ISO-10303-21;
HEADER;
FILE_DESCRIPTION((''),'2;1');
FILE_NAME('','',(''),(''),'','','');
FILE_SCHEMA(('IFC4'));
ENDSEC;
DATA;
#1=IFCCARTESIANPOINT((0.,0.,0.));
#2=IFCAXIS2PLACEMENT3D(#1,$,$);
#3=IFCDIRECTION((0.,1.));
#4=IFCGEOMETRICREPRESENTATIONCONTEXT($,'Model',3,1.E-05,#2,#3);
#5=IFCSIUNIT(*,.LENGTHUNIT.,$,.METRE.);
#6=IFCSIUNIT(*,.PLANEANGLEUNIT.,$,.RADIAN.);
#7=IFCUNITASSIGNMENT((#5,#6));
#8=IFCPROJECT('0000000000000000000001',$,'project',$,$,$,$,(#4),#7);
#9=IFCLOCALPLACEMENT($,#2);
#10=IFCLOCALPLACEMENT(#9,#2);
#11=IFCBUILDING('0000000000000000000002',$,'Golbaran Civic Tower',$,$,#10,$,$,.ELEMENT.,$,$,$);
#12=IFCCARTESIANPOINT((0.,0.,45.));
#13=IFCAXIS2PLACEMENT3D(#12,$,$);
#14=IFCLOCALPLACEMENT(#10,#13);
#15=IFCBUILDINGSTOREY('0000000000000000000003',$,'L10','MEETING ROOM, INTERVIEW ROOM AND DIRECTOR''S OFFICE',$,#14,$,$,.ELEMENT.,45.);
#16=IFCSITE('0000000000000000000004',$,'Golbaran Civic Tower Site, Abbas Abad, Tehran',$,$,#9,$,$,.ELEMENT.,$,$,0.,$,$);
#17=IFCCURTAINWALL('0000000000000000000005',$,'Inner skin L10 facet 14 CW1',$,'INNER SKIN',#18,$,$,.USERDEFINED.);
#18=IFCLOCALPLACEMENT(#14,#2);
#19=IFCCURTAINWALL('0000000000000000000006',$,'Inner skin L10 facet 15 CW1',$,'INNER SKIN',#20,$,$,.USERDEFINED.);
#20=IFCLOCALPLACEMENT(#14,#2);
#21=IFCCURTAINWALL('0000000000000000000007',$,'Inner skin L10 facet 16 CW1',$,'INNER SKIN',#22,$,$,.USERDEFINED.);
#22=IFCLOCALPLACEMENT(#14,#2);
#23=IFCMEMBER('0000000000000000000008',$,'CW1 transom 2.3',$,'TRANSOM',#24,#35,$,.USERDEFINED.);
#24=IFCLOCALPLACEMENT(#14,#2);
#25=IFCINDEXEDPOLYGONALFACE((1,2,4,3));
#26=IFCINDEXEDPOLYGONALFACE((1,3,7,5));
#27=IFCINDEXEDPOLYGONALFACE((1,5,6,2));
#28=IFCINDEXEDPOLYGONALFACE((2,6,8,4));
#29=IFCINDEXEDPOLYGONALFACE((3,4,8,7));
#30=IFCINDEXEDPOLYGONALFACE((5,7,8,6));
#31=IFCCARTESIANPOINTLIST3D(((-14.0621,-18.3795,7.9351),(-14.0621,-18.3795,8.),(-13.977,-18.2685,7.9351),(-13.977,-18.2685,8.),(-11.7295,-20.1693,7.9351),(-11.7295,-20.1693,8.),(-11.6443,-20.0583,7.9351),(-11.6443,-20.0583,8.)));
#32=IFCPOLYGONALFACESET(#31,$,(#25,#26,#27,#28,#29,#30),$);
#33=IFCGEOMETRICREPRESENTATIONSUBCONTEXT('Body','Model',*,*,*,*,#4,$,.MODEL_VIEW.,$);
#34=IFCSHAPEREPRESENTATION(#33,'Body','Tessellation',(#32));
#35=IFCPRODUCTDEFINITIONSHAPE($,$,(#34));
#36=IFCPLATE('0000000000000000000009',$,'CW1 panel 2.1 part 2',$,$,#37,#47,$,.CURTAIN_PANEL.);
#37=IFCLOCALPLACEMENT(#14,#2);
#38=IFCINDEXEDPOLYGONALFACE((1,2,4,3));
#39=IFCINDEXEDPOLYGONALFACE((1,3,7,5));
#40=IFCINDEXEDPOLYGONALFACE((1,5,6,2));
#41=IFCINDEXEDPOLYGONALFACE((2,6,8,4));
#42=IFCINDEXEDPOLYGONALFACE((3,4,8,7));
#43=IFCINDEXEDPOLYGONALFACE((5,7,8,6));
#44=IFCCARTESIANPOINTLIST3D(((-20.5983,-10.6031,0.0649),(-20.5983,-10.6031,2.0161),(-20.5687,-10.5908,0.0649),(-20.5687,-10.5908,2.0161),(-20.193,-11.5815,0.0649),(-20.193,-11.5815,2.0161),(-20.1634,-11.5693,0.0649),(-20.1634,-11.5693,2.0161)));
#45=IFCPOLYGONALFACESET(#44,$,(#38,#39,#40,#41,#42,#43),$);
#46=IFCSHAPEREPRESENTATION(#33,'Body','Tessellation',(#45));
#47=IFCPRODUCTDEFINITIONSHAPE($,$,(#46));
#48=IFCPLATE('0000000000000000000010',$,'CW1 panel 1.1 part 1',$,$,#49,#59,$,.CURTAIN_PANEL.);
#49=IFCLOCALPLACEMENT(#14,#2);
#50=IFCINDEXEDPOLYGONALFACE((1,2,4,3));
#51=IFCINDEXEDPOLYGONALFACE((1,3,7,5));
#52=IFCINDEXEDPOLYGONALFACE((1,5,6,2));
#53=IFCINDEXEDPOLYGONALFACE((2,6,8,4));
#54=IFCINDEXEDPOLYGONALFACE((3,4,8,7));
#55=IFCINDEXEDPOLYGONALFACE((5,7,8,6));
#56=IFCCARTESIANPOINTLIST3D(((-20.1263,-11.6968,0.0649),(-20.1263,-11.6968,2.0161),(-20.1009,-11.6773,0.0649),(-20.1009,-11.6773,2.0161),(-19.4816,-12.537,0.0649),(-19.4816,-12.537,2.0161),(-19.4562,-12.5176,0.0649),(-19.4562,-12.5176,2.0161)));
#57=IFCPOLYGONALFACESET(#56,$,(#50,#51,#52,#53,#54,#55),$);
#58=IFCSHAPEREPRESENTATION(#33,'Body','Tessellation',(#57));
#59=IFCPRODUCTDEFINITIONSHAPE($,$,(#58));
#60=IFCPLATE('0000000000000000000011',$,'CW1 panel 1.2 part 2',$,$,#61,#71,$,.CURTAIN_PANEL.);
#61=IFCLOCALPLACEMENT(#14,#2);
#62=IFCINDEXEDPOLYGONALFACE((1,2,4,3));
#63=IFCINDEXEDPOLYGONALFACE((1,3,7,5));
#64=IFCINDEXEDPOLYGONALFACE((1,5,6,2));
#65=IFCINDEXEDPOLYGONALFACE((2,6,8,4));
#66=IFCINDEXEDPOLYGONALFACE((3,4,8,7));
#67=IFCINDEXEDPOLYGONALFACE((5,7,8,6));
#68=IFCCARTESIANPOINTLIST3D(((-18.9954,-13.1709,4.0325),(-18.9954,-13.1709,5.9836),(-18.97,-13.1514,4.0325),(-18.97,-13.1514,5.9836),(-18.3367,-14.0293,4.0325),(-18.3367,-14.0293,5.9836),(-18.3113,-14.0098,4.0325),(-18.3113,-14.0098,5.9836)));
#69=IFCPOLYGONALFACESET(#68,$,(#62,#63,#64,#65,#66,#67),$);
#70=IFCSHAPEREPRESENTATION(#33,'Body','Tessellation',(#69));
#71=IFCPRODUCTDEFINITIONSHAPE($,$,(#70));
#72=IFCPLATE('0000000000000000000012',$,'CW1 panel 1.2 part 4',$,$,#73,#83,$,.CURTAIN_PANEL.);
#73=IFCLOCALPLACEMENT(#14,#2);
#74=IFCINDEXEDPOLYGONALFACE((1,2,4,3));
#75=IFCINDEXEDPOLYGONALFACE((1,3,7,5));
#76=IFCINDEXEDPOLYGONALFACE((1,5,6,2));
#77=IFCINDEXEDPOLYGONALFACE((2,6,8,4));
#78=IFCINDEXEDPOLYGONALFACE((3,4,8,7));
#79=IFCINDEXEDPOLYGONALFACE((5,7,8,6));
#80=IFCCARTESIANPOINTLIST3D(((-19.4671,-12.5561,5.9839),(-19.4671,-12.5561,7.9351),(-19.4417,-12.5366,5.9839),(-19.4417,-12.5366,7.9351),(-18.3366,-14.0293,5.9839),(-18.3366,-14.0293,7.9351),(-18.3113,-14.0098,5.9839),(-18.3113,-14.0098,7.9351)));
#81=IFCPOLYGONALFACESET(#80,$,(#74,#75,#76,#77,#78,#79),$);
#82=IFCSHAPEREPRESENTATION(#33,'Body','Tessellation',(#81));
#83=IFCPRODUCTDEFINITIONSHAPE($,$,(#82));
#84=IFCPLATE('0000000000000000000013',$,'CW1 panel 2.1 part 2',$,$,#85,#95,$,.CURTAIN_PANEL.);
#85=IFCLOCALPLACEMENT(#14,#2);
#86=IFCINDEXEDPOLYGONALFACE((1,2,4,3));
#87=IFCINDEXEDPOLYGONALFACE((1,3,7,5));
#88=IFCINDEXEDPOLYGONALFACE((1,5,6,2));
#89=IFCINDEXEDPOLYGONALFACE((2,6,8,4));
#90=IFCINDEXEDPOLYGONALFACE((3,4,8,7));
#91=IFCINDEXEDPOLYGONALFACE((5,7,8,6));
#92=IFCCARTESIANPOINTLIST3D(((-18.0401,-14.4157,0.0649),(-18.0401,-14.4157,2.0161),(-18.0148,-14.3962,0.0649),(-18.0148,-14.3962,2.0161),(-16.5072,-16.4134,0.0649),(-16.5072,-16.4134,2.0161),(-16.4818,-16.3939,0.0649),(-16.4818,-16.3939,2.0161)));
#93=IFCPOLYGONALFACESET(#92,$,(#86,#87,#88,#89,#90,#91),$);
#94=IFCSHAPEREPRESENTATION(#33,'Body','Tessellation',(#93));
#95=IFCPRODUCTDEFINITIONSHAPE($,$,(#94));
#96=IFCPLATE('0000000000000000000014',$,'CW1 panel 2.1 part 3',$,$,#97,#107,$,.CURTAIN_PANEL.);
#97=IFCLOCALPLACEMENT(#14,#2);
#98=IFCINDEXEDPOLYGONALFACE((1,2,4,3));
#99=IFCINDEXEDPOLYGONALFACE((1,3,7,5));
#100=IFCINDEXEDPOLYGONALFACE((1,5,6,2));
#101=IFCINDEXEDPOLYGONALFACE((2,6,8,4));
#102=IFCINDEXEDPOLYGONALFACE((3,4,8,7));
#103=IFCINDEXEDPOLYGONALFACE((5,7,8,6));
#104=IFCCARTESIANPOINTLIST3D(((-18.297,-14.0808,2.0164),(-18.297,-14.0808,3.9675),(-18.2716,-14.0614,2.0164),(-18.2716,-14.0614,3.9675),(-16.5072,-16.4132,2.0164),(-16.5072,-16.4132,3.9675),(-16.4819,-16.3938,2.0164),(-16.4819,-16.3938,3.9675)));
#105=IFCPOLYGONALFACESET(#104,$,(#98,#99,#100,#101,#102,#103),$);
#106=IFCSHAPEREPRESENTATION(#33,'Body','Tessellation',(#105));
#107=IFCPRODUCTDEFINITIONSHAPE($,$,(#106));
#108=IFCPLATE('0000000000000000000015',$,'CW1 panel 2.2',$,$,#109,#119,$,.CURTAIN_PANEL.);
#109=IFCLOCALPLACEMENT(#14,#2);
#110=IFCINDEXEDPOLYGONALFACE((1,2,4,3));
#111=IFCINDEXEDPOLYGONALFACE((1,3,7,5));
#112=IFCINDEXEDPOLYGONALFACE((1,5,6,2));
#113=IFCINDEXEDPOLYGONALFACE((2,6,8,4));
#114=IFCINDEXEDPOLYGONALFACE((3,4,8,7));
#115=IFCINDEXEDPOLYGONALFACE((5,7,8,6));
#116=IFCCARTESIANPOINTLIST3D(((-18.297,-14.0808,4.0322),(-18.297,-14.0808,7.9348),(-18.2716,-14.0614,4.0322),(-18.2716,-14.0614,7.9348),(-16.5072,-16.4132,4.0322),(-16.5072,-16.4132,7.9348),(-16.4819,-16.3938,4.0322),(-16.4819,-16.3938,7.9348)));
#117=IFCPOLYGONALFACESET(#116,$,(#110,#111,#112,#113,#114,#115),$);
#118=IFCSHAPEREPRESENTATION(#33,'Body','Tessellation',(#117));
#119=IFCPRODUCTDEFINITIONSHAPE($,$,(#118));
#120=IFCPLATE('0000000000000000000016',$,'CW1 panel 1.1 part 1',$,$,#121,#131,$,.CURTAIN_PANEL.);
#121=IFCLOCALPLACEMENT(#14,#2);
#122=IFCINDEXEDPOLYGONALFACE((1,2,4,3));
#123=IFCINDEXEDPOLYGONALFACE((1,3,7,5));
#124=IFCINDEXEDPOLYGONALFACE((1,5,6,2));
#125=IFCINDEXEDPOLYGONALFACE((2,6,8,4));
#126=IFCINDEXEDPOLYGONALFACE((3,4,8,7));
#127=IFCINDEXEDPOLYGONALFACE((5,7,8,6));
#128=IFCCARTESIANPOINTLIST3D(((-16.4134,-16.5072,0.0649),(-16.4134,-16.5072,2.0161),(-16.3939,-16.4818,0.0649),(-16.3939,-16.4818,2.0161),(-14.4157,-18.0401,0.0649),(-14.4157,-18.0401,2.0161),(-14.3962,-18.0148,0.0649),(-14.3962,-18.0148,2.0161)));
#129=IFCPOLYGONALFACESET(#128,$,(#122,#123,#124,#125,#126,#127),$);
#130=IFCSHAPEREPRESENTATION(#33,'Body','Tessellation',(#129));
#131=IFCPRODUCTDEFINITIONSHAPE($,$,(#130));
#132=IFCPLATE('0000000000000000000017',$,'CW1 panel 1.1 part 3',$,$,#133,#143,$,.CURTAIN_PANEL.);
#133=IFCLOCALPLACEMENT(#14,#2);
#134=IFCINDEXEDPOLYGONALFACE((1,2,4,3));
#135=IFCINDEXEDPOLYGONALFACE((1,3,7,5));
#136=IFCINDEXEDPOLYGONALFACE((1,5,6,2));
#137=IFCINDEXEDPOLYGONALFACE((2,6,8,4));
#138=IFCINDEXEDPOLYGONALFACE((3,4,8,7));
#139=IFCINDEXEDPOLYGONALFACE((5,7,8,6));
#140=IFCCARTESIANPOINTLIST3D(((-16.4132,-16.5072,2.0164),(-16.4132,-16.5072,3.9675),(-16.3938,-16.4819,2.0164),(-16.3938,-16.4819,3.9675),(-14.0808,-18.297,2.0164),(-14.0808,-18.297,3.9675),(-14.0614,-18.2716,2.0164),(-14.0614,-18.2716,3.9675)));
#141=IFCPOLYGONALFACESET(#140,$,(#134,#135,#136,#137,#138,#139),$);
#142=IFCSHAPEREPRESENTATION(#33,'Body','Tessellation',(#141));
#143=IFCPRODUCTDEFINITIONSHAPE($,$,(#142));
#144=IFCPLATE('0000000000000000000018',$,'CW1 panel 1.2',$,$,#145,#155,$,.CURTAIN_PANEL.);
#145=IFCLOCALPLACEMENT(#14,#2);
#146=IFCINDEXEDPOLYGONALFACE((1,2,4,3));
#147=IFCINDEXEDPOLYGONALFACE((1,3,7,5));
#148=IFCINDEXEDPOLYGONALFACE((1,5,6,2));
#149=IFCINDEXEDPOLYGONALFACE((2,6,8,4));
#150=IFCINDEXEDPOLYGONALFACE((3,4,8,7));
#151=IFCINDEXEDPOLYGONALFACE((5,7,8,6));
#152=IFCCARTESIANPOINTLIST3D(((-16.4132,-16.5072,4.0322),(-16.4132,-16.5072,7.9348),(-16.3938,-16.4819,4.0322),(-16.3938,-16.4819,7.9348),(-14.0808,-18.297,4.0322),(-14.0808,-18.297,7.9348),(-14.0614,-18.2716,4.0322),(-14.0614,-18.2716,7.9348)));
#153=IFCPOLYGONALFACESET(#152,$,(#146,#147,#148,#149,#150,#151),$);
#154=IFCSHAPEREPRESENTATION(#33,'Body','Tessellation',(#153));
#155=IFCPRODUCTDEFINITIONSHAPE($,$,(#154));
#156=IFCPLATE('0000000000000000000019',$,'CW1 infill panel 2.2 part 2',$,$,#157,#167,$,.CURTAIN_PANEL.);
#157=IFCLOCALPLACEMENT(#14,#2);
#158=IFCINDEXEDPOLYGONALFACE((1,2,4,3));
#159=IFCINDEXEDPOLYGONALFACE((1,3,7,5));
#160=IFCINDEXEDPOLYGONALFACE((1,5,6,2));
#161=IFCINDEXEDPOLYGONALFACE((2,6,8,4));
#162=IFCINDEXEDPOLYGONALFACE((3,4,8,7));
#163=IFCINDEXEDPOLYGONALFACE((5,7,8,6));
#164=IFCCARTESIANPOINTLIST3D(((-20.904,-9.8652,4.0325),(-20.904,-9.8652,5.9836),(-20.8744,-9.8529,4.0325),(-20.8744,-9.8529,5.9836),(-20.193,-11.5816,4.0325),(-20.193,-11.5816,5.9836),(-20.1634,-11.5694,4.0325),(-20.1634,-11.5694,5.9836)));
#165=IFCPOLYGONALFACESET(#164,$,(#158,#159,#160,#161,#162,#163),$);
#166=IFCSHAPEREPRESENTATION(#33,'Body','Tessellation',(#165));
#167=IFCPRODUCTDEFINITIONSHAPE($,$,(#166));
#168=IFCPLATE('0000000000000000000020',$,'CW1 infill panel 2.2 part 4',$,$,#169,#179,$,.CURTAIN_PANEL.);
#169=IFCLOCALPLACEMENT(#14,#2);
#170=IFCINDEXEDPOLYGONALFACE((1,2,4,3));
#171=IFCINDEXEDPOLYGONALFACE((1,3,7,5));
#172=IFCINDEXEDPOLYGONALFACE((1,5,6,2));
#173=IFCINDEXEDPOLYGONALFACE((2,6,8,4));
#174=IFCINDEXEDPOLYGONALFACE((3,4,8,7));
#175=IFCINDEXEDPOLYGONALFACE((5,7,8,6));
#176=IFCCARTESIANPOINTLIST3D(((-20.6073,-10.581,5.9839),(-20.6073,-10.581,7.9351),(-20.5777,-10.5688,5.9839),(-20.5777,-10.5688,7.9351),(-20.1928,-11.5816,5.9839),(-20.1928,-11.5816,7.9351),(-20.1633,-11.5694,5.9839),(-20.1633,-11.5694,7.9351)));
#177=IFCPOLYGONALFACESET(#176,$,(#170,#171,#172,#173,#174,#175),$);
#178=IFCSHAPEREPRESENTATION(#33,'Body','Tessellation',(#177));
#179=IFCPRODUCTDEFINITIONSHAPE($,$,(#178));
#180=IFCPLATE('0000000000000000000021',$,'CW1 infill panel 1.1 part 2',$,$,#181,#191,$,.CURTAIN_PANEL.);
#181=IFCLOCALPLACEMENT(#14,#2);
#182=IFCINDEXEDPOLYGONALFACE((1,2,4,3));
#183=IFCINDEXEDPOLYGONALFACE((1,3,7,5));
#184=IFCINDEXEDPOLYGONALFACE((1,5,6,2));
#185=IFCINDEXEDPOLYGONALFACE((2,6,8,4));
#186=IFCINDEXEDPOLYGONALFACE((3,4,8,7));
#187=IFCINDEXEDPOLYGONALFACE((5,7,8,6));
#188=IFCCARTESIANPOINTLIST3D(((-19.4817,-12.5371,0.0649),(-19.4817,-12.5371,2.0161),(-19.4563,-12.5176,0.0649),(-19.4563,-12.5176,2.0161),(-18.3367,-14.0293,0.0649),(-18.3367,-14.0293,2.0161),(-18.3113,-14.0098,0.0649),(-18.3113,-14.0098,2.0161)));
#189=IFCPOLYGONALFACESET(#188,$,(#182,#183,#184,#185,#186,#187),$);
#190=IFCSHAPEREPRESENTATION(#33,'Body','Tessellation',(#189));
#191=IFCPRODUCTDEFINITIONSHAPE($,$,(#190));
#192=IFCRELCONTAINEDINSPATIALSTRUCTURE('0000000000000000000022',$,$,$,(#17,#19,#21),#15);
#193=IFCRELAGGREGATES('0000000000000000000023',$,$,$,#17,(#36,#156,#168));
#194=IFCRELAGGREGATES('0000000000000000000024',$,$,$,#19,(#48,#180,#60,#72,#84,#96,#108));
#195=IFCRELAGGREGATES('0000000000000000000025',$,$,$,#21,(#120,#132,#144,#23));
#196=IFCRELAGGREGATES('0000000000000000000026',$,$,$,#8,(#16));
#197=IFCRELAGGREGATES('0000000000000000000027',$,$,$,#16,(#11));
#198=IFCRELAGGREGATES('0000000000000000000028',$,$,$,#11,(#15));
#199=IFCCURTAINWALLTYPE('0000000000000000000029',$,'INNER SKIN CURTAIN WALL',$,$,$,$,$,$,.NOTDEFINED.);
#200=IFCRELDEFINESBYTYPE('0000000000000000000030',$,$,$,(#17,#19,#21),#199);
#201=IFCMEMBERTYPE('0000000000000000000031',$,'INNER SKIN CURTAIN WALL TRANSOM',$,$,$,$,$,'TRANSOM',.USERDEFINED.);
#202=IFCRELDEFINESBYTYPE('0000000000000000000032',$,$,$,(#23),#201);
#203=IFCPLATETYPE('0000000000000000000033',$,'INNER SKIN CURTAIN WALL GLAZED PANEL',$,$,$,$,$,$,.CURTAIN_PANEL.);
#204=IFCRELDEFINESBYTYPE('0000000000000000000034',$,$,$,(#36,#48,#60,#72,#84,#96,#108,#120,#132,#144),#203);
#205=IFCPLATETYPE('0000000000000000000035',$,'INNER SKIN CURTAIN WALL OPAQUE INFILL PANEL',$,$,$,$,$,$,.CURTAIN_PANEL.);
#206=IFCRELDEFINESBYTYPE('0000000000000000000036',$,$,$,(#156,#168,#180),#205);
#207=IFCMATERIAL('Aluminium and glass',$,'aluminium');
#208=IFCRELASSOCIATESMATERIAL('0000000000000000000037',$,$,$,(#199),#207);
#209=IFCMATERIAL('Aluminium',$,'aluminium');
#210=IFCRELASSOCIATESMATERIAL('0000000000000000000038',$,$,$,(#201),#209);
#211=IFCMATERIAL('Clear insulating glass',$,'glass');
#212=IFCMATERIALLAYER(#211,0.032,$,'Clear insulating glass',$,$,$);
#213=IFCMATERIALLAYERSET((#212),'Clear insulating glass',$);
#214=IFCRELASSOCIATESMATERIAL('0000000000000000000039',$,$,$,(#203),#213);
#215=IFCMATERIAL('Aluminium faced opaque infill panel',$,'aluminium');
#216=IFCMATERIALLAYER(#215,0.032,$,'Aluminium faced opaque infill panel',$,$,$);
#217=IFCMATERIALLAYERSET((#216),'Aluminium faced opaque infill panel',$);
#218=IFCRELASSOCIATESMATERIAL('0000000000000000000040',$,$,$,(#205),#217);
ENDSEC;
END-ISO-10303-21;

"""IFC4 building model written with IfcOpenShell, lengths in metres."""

from ifc_helpers import new_model, si_unit, direction, frame, origin, origin_2d, place, context, subcontext, project, spatial, rectangle, extrude, material, layer, layer_set, material_profile, profile_set, type_object, element, aggregate, save


model = new_model("IFC4")

# Units and contexts
model_context = context("Model", 3, precision=1e-05, world=origin(), true_north=direction((0.0, 1.0)))
body_context = subcontext(model_context, "Body", "Model", "MODEL_VIEW")
ifc_project = project(units=[si_unit("LENGTHUNIT", "METRE"), si_unit("PLANEANGLEUNIT", "RADIAN")], contexts=[model_context])

# Site, building, storey
site_placement = place(None, origin())
site = spatial("IfcSite", under=ifc_project, at=site_placement, Name="Golbaran Civic Tower Site, Abbas Abad, Tehran", CompositionType="ELEMENT", RefElevation=0.0)
building_placement = place(site_placement, origin())
building = spatial("IfcBuilding", under=site, at=building_placement, Name="Golbaran Civic Tower", CompositionType="ELEMENT")
storey_placement = place(building_placement, frame((0.0, 0.0, 45.0)))
storey = spatial("IfcBuildingStorey", under=building, at=storey_placement, Name="L10", Description="MEETING ROOM, INTERVIEW ROOM AND DIRECTOR'S OFFICE", CompositionType="ELEMENT", Elevation=45.0)

# Curtain wall
ifc_material_1 = material(Name="Aluminium and glass", Category="aluminium")
curtain_wall_type = type_object("IfcCurtainWallType", Name="INNER SKIN CURTAIN WALL", PredefinedType="NOTDEFINED", material=ifc_material_1)
curtain_wall_1_placement = place(storey_placement, origin())
curtain_wall_1 = element("IfcCurtainWall", 1, at=curtain_wall_1_placement, inside=storey, type_object=curtain_wall_type, Name="Inner skin L10 facet 14 CW1", ObjectType="INNER SKIN", PredefinedType="USERDEFINED")
ifc_material_2 = material(Name="Aluminium", Category="aluminium")

# Curtain walls
curtain_wall_2_placement = place(storey_placement, origin())
curtain_wall_2 = element("IfcCurtainWall", 2, at=curtain_wall_2_placement, inside=storey, type_object=curtain_wall_type, Name="Inner skin L10 facet 15 CW1", ObjectType="INNER SKIN", PredefinedType="USERDEFINED")
curtain_wall_3_placement = place(storey_placement, origin())
curtain_wall_3 = element("IfcCurtainWall", 3, at=curtain_wall_3_placement, inside=storey, type_object=curtain_wall_type, Name="Inner skin L10 facet 16 CW1", ObjectType="INNER SKIN", PredefinedType="USERDEFINED")

# Member
ifc_material_profile_1 = material_profile(ifc_material_2, rectangle(XDim=0.1399, YDim=0.0649, at=origin_2d()), Name="INNER SKIN CURTAIN WALL TRANSOM")
ifc_profile_set_1 = profile_set([ifc_material_profile_1], Name="Aluminium")
member_type_1 = type_object("IfcMemberType", Name="INNER SKIN CURTAIN WALL TRANSOM", ElementType="TRANSOM", PredefinedType="USERDEFINED", material=ifc_profile_set_1)
member_1_placement = place(storey_placement, frame((-14.0195, -18.324, 7.9675), z_axis=(0.793355, -0.608759, 0.0), x_axis=(0.608759, 0.793355, 0.0)))
member_1 = element("IfcMember", 4, at=member_1_placement, type_object=member_type_1, Name="CW1 transom 2.3", ObjectType="TRANSOM", PredefinedType="USERDEFINED", context=body_context, shape_type="SweptSolid", body=[
    extrude(rectangle(XDim=0.1399, YDim=0.0649, at=origin_2d()), origin(), (0.0, 0.0, 1.0), 2.9402),
])

# Plates
ifc_material_3 = material(Name="Clear insulating glass", Category="glass")
ifc_layer_1 = layer(ifc_material_3, 0.032, Name="Clear insulating glass")
ifc_layer_set_1 = layer_set([ifc_layer_1], Name="Clear insulating glass")
plate_type_1 = type_object("IfcPlateType", Name="INNER SKIN CURTAIN WALL GLAZED PANEL", PredefinedType="CURTAIN_PANEL", material=ifc_layer_set_1)
plate_1_placement = place(storey_placement, frame((-20.3809, -11.0862, 0.0649), z_axis=(0.0, 0.0, 1.0), x_axis=(0.382683, -0.92388, 0.0)))
plate_1 = element("IfcPlate", 5, at=plate_1_placement, type_object=plate_type_1, Name="CW1 panel 2.1 part 2", PredefinedType="CURTAIN_PANEL", context=body_context, shape_type="SweptSolid", body=[
    extrude(rectangle(XDim=1.0591, YDim=0.032, at=origin_2d()), origin(), (0.0, 0.0, 1.0), 1.9512),
])
plate_2_placement = place(storey_placement, frame((-19.7913, -12.1072, 0.0649), z_axis=(0.0, 0.0, 1.0), x_axis=(0.608761, -0.793353, 0.0)))
plate_2 = element("IfcPlate", 6, at=plate_2_placement, type_object=plate_type_1, Name="CW1 panel 1.1 part 1", PredefinedType="CURTAIN_PANEL", context=body_context, shape_type="SweptSolid", body=[
    extrude(rectangle(XDim=1.0591, YDim=0.032, at=origin_2d()), origin(), (0.0, 0.0, 1.0), 1.9512),
])
plate_3_placement = place(storey_placement, frame((-18.6533, -13.5903, 4.0325), z_axis=(0.0, 0.0, 1.0), x_axis=(0.608761, -0.793353, 0.0)))
plate_3 = element("IfcPlate", 7, at=plate_3_placement, type_object=plate_type_1, Name="CW1 panel 1.2 part 2", PredefinedType="CURTAIN_PANEL", context=body_context, shape_type="SweptSolid", body=[
    extrude(rectangle(XDim=1.082, YDim=0.032, at=origin_2d()), origin(), (0.0, 0.0, 1.0), 1.9512),
])
plate_4_placement = place(storey_placement, frame((-18.8892, -13.283, 5.9839), z_axis=(0.0, 0.0, 1.0), x_axis=(0.608761, -0.793353, 0.0)))
plate_4 = element("IfcPlate", 8, at=plate_4_placement, type_object=plate_type_1, Name="CW1 panel 1.2 part 4", PredefinedType="CURTAIN_PANEL", context=body_context, shape_type="SweptSolid", body=[
    extrude(rectangle(XDim=1.8569, YDim=0.032, at=origin_2d()), origin(), (0.0, 0.0, 1.0), 1.9512),
])
plate_5_placement = place(storey_placement, frame((-17.261, -15.4048, 0.0649), z_axis=(0.0, 0.0, 1.0), x_axis=(0.608761, -0.793353, 0.0)))
plate_5 = element("IfcPlate", 9, at=plate_5_placement, type_object=plate_type_1, Name="CW1 panel 2.1 part 2", PredefinedType="CURTAIN_PANEL", context=body_context, shape_type="SweptSolid", body=[
    extrude(rectangle(XDim=2.5181, YDim=0.032, at=origin_2d()), origin(), (0.0, 0.0, 1.0), 1.9512),
])
plate_6_placement = place(storey_placement, frame((-17.3894, -15.2373, 2.0164), z_axis=(0.0, 0.0, 1.0), x_axis=(0.608761, -0.793353, 0.0)))
plate_6 = element("IfcPlate", 10, at=plate_6_placement, type_object=plate_type_1, Name="CW1 panel 2.1 part 3", PredefinedType="CURTAIN_PANEL", context=body_context, shape_type="SweptSolid", body=[
    extrude(rectangle(XDim=2.9399, YDim=0.032, at=origin_2d()), origin(), (0.0, 0.0, 1.0), 1.9512),
])
plate_7_placement = place(storey_placement, frame((-17.3894, -15.2373, 4.0322), z_axis=(0.0, 0.0, 1.0), x_axis=(0.608761, -0.793353, 0.0)))
plate_7 = element("IfcPlate", 11, at=plate_7_placement, type_object=plate_type_1, Name="CW1 panel 2.2", PredefinedType="CURTAIN_PANEL", context=body_context, shape_type="SweptSolid", body=[
    extrude(rectangle(XDim=2.9399, YDim=0.032, at=origin_2d()), origin(), (0.0, 0.0, 1.0), 3.9026),
])
plate_8_placement = place(storey_placement, frame((-15.4048, -17.261, 0.0649), z_axis=(0.0, 0.0, 1.0), x_axis=(0.793353, -0.608761, 0.0)))
plate_8 = element("IfcPlate", 12, at=plate_8_placement, type_object=plate_type_1, Name="CW1 panel 1.1 part 1", PredefinedType="CURTAIN_PANEL", context=body_context, shape_type="SweptSolid", body=[
    extrude(rectangle(XDim=2.5181, YDim=0.032, at=origin_2d()), origin(), (0.0, 0.0, 1.0), 1.9512),
])
plate_9_placement = place(storey_placement, frame((-15.2373, -17.3894, 2.0164), z_axis=(0.0, 0.0, 1.0), x_axis=(0.793353, -0.608761, 0.0)))
plate_9 = element("IfcPlate", 13, at=plate_9_placement, type_object=plate_type_1, Name="CW1 panel 1.1 part 3", PredefinedType="CURTAIN_PANEL", context=body_context, shape_type="SweptSolid", body=[
    extrude(rectangle(XDim=2.9399, YDim=0.032, at=origin_2d()), origin(), (0.0, 0.0, 1.0), 1.9512),
])
plate_10_placement = place(storey_placement, frame((-15.2373, -17.3894, 4.0322), z_axis=(0.0, 0.0, 1.0), x_axis=(0.793353, -0.608761, 0.0)))
plate_10 = element("IfcPlate", 14, at=plate_10_placement, type_object=plate_type_1, Name="CW1 panel 1.2", PredefinedType="CURTAIN_PANEL", context=body_context, shape_type="SweptSolid", body=[
    extrude(rectangle(XDim=2.9399, YDim=0.032, at=origin_2d()), origin(), (0.0, 0.0, 1.0), 3.9026),
])
ifc_material_4 = material(Name="Aluminium faced opaque infill panel", Category="aluminium")
ifc_layer_2 = layer(ifc_material_4, 0.032, Name="Aluminium faced opaque infill panel")
ifc_layer_set_2 = layer_set([ifc_layer_2], Name="Aluminium faced opaque infill panel")
plate_type_2 = type_object("IfcPlateType", Name="INNER SKIN CURTAIN WALL OPAQUE INFILL PANEL", PredefinedType="CURTAIN_PANEL", material=ifc_layer_set_2)
plate_11_placement = place(storey_placement, frame((-20.5337, -10.7173, 4.0325), z_axis=(0.0, 0.0, 1.0), x_axis=(0.382683, -0.92388, 0.0)))
plate_11 = element("IfcPlate", 15, at=plate_11_placement, type_object=plate_type_2, Name="CW1 infill panel 2.2 part 2", PredefinedType="CURTAIN_PANEL", context=body_context, shape_type="SweptSolid", body=[
    extrude(rectangle(XDim=1.8579, YDim=0.032, at=origin_2d()), origin(), (0.0, 0.0, 1.0), 1.9512),
])
plate_12_placement = place(storey_placement, frame((-20.3853, -11.0752, 5.9839), z_axis=(0.0, 0.0, 1.0), x_axis=(0.382683, -0.92388, 0.0)))
plate_12 = element("IfcPlate", 16, at=plate_12_placement, type_object=plate_type_2, Name="CW1 infill panel 2.2 part 4", PredefinedType="CURTAIN_PANEL", context=body_context, shape_type="SweptSolid", body=[
    extrude(rectangle(XDim=1.083, YDim=0.032, at=origin_2d()), origin(), (0.0, 0.0, 1.0), 1.9512),
])
aggregate(curtain_wall_1, [plate_1, plate_11, plate_12])
plate_13_placement = place(storey_placement, frame((-18.8965, -13.2734, 0.0649), z_axis=(0.0, 0.0, 1.0), x_axis=(0.608761, -0.793353, 0.0)))
plate_13 = element("IfcPlate", 17, at=plate_13_placement, type_object=plate_type_2, Name="CW1 infill panel 1.1 part 2", PredefinedType="CURTAIN_PANEL", context=body_context, shape_type="SweptSolid", body=[
    extrude(rectangle(XDim=1.8809, YDim=0.032, at=origin_2d()), origin(), (0.0, 0.0, 1.0), 1.9512),
])
aggregate(curtain_wall_2, [plate_2, plate_13, plate_3, plate_4, plate_5, plate_6, plate_7])
aggregate(curtain_wall_3, [plate_8, plate_9, plate_10, member_1])

save(model, "model.ifc")
